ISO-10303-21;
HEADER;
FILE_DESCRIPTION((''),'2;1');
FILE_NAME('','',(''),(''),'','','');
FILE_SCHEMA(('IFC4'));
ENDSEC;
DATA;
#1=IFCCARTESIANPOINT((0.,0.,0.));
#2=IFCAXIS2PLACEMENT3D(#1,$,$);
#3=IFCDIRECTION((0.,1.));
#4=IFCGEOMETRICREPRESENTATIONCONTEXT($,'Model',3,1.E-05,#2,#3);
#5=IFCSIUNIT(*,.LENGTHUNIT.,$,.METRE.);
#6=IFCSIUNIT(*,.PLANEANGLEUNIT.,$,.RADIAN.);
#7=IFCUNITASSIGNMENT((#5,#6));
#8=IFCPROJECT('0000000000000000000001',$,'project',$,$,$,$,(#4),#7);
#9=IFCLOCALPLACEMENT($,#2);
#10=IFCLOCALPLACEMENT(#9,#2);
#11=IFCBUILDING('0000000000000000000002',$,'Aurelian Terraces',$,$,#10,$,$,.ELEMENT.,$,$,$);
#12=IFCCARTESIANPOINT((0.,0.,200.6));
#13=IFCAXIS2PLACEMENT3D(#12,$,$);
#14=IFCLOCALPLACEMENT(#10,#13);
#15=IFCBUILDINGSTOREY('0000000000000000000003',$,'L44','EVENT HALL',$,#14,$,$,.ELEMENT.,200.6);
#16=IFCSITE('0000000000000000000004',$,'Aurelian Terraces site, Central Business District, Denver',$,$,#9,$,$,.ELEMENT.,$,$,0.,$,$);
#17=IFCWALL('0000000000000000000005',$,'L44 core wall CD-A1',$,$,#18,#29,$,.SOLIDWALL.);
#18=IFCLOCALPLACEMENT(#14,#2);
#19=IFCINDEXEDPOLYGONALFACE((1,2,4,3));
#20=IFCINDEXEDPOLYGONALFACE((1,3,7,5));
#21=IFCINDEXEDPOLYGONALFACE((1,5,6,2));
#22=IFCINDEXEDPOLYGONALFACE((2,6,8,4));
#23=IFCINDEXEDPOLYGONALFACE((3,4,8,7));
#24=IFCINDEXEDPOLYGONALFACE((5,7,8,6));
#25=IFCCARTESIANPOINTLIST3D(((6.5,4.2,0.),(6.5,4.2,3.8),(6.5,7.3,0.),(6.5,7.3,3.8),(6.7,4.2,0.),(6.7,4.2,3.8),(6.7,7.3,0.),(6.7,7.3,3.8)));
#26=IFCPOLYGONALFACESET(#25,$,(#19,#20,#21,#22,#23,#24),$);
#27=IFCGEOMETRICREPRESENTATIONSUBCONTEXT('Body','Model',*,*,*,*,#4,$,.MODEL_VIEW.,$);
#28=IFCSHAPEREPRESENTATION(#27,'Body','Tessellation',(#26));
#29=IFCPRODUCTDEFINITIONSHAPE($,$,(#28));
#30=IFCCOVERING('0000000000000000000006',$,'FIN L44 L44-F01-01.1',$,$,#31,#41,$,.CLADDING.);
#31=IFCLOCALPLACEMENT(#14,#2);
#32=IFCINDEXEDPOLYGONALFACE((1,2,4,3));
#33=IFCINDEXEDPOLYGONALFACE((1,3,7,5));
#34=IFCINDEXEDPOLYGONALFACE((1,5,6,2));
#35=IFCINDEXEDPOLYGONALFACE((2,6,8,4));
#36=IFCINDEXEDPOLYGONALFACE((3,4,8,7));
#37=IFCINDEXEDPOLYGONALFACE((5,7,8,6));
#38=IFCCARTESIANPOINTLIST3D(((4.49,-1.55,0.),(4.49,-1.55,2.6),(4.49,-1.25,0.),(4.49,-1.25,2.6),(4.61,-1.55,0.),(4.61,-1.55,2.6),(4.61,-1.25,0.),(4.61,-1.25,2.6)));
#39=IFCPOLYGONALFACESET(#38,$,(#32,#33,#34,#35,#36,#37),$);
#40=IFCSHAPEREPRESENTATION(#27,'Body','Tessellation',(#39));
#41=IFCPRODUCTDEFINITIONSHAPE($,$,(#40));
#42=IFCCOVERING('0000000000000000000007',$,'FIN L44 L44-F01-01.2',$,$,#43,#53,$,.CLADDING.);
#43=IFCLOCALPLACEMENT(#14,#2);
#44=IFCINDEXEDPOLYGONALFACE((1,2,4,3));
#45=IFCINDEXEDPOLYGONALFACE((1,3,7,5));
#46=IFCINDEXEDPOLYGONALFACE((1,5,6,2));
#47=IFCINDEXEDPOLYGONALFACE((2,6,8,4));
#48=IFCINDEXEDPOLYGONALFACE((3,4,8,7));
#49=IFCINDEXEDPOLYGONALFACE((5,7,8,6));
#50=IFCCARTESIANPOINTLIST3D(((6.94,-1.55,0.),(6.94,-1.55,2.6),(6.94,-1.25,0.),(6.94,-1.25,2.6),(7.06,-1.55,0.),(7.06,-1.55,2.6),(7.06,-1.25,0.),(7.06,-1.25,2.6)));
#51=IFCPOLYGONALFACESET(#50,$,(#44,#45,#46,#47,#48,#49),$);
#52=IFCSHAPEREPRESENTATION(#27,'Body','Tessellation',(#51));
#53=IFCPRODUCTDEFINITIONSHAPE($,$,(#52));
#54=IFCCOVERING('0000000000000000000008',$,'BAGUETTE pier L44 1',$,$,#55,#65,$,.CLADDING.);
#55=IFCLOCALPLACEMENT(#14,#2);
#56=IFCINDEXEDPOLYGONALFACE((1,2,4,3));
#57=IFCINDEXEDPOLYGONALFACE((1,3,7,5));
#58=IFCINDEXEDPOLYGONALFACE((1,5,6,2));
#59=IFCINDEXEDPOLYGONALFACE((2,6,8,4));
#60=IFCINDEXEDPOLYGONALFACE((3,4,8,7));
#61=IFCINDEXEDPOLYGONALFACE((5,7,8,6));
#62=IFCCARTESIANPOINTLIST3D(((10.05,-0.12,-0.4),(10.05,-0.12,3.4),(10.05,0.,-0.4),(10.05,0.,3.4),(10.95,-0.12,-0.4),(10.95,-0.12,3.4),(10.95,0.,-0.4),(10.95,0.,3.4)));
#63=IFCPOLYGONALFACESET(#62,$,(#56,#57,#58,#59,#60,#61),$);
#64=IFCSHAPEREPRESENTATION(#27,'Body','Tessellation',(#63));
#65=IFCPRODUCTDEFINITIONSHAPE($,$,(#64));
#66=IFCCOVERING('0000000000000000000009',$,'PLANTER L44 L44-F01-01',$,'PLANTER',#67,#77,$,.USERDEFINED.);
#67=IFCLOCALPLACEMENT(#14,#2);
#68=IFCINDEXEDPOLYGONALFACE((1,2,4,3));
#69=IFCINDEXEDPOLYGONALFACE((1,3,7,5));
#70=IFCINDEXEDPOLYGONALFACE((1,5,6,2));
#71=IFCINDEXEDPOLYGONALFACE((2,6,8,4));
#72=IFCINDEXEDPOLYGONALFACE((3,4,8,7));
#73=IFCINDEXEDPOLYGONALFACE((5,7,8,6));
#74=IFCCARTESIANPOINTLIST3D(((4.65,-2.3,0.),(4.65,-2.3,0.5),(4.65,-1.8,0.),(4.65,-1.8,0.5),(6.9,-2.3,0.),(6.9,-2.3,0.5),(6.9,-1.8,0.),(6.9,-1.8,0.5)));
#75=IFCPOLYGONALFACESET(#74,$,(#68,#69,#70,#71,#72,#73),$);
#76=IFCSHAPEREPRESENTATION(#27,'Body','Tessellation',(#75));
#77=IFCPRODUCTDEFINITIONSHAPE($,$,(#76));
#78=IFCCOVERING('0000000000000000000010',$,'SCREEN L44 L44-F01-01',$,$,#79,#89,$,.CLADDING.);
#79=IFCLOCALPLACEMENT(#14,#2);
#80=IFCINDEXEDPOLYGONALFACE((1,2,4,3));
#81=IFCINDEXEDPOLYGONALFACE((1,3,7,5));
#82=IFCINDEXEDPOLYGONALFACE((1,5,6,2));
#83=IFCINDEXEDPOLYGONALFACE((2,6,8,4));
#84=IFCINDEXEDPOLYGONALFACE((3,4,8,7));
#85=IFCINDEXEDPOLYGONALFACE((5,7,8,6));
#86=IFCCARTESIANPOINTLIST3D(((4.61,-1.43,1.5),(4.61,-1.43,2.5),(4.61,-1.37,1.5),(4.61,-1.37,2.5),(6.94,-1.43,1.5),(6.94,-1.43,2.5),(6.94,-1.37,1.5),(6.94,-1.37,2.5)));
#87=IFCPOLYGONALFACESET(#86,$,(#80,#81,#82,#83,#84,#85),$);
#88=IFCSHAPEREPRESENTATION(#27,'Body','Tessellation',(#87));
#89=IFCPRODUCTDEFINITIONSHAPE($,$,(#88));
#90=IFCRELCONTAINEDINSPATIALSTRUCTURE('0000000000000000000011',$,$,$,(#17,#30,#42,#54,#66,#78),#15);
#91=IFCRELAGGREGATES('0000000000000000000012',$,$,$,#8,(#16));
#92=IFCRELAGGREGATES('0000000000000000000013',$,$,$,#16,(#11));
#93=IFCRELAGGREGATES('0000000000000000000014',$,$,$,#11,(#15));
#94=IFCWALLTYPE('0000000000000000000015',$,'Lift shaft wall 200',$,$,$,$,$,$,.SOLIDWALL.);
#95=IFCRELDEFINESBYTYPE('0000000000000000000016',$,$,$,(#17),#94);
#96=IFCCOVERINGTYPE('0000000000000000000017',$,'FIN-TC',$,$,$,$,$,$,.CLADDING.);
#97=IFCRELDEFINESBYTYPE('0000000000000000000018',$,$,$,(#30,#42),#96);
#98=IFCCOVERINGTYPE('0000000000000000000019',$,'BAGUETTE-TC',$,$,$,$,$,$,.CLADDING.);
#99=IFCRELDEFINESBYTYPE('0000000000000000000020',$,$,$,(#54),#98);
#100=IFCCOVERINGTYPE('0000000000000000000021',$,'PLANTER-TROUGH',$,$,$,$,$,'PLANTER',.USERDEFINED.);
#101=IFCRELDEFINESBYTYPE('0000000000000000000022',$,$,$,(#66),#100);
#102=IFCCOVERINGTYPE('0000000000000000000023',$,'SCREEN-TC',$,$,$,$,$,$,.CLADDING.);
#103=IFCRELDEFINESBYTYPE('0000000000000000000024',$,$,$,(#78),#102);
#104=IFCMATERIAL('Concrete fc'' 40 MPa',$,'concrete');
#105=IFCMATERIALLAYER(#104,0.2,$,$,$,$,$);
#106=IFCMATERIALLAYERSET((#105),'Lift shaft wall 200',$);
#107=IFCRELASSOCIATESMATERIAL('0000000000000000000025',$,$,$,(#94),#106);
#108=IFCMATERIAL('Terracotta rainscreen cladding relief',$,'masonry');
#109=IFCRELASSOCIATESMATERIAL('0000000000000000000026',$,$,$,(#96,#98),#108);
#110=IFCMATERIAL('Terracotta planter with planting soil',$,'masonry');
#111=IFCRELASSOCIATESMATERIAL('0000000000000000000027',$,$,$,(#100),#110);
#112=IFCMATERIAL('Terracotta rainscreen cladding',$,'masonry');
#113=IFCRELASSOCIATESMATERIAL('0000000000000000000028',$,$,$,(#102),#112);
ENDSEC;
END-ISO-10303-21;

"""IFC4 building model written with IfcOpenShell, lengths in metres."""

from ifc_helpers import new_model, si_unit, direction, frame, frame_2d, origin, origin_2d, place, context, subcontext, project, spatial, rectangle, extrude, source, transform, mapped, material, layer, layer_set, type_object, element, save


model = new_model("IFC4")

# Units and contexts
model_context = context("Model", 3, precision=1e-05, world=origin(), true_north=direction((0.0, 1.0)))
body_context = subcontext(model_context, "Body", "Model", "MODEL_VIEW")
ifc_project = project(units=[si_unit("LENGTHUNIT", "METRE"), si_unit("PLANEANGLEUNIT", "RADIAN")], contexts=[model_context])

# Site, building, storey
site_placement = place(None, origin())
site = spatial("IfcSite", under=ifc_project, at=site_placement, Name="Aurelian Terraces site, Central Business District, Denver", CompositionType="ELEMENT", RefElevation=0.0)
building_placement = place(site_placement, origin())
building = spatial("IfcBuilding", under=site, at=building_placement, Name="Aurelian Terraces", CompositionType="ELEMENT")
storey_placement = place(building_placement, frame((0.0, 0.0, 200.6)))
storey = spatial("IfcBuildingStorey", under=building, at=storey_placement, Name="L44", Description="EVENT HALL", CompositionType="ELEMENT", Elevation=200.6)

# Shared definitions
ifc_material_1 = material(Name="Terracotta rainscreen cladding", Category="masonry")
ifc_material_2 = material(Name="Concrete fc' 40 MPa", Category="concrete")

# Wall
ifc_layer_1 = layer(ifc_material_2, 0.2)
ifc_layer_set_1 = layer_set([ifc_layer_1], Name="Lift shaft wall 200")
wall_type_1 = type_object("IfcWallType", Name="Lift shaft wall 200", PredefinedType="SOLIDWALL", material=ifc_layer_set_1)
shared_shape_1 = source(origin(), body_context, "Body", "SweptSolid", [
    extrude(rectangle(XDim=3.1, YDim=0.2, at=frame_2d((1.55, 0.0))), origin(), (0.0, 0.0, 1.0), 3.8),
])
wall_1_placement = place(storey_placement, frame((6.6, 4.2, 0.0), z_axis=(0.0, 0.0, 1.0), x_axis=(0.0, 1.0, 0.0)))
element("IfcWall", 1, at=wall_1_placement, inside=storey, type_object=wall_type_1, Name="L44 core wall CD-A1", PredefinedType="SOLIDWALL", context=body_context, shape_type="MappedRepresentation", body=[
    mapped(shared_shape_1, transform((0.0, 0.0, 0.0), scale=1.0)),
])

# Coverings
ifc_material_3 = material(Name="Terracotta rainscreen cladding relief", Category="masonry")
covering_type_1 = type_object("IfcCoveringType", Name="FIN-TC", PredefinedType="CLADDING", material=ifc_material_3)
shared_shape_2 = source(origin(), body_context, "Body", "SweptSolid", [
    extrude(rectangle(XDim=0.12, YDim=0.3, at=origin_2d()), origin(), (0.0, 0.0, 1.0), 2.6),
])
for number, where, z_axis, x_axis, name in (
    (2, (4.55, -1.4, 0.0), (0.0, 0.0, 1.0), (1.0, 0.0, 0.0), "FIN L44 L44-F01-01.1"),
    (3, (7.0, -1.4, 0.0), (0.0, 0.0, 1.0), (1.0, 0.0, 0.0), "FIN L44 L44-F01-01.2"),
):
    element("IfcCovering", number, at=place(storey_placement, frame(where, z_axis=z_axis, x_axis=x_axis)), inside=storey, type_object=covering_type_1, Name=name, PredefinedType="CLADDING", context=body_context, shape_type="MappedRepresentation", body=[
        mapped(shared_shape_2, transform((0.0, 0.0, 0.0), scale=1.0)),
    ])
covering_type_2 = type_object("IfcCoveringType", Name="BAGUETTE-TC", PredefinedType="CLADDING", material=ifc_material_3)
shared_shape_3 = source(origin(), body_context, "Body", "SweptSolid", [
    extrude(rectangle(XDim=0.9, YDim=0.12, at=origin_2d()), origin(), (0.0, 0.0, 1.0), 3.8),
])
covering_1_placement = place(storey_placement, frame((10.5, -0.06, -0.4), z_axis=(0.0, 0.0, 1.0), x_axis=(1.0, 0.0, 0.0)))
element("IfcCovering", 4, at=covering_1_placement, inside=storey, type_object=covering_type_2, Name="BAGUETTE pier L44 1", PredefinedType="CLADDING", context=body_context, shape_type="MappedRepresentation", body=[
    mapped(shared_shape_3, transform((0.0, 0.0, 0.0), scale=1.0)),
])

# Coverings
ifc_material_4 = material(Name="Terracotta planter with planting soil", Category="masonry")
covering_type_3 = type_object("IfcCoveringType", Name="PLANTER-TROUGH", ElementType="PLANTER", PredefinedType="USERDEFINED", material=ifc_material_4)
shared_shape_4 = source(origin(), body_context, "Body", "SweptSolid", [
    extrude(rectangle(XDim=2.25, YDim=0.5, at=origin_2d()), origin(), (0.0, 0.0, 1.0), 0.5),
])
covering_2_placement = place(storey_placement, frame((5.775, -2.05, 0.0), z_axis=(0.0, 0.0, 1.0), x_axis=(1.0, 0.0, 0.0)))
element("IfcCovering", 5, at=covering_2_placement, inside=storey, type_object=covering_type_3, Name="PLANTER L44 L44-F01-01", ObjectType="PLANTER", PredefinedType="USERDEFINED", context=body_context, shape_type="MappedRepresentation", body=[
    mapped(shared_shape_4, transform((0.0, 0.0, 0.0), scale=1.0)),
])
covering_type_4 = type_object("IfcCoveringType", Name="SCREEN-TC", PredefinedType="CLADDING", material=ifc_material_1)
shared_shape_5 = source(origin(), body_context, "Body", "SweptSolid", [
    extrude(rectangle(XDim=2.33, YDim=0.06, at=origin_2d()), origin(), (0.0, 0.0, 1.0), 1.0),
])
covering_3_placement = place(storey_placement, frame((5.775, -1.4, 1.5), z_axis=(0.0, 0.0, 1.0), x_axis=(1.0, 0.0, 0.0)))
element("IfcCovering", 6, at=covering_3_placement, inside=storey, type_object=covering_type_4, Name="SCREEN L44 L44-F01-01", PredefinedType="CLADDING", context=body_context, shape_type="MappedRepresentation", body=[
    mapped(shared_shape_5, transform((0.0, 0.0, 0.0), scale=1.0)),
])

save(model, "model.ifc")
